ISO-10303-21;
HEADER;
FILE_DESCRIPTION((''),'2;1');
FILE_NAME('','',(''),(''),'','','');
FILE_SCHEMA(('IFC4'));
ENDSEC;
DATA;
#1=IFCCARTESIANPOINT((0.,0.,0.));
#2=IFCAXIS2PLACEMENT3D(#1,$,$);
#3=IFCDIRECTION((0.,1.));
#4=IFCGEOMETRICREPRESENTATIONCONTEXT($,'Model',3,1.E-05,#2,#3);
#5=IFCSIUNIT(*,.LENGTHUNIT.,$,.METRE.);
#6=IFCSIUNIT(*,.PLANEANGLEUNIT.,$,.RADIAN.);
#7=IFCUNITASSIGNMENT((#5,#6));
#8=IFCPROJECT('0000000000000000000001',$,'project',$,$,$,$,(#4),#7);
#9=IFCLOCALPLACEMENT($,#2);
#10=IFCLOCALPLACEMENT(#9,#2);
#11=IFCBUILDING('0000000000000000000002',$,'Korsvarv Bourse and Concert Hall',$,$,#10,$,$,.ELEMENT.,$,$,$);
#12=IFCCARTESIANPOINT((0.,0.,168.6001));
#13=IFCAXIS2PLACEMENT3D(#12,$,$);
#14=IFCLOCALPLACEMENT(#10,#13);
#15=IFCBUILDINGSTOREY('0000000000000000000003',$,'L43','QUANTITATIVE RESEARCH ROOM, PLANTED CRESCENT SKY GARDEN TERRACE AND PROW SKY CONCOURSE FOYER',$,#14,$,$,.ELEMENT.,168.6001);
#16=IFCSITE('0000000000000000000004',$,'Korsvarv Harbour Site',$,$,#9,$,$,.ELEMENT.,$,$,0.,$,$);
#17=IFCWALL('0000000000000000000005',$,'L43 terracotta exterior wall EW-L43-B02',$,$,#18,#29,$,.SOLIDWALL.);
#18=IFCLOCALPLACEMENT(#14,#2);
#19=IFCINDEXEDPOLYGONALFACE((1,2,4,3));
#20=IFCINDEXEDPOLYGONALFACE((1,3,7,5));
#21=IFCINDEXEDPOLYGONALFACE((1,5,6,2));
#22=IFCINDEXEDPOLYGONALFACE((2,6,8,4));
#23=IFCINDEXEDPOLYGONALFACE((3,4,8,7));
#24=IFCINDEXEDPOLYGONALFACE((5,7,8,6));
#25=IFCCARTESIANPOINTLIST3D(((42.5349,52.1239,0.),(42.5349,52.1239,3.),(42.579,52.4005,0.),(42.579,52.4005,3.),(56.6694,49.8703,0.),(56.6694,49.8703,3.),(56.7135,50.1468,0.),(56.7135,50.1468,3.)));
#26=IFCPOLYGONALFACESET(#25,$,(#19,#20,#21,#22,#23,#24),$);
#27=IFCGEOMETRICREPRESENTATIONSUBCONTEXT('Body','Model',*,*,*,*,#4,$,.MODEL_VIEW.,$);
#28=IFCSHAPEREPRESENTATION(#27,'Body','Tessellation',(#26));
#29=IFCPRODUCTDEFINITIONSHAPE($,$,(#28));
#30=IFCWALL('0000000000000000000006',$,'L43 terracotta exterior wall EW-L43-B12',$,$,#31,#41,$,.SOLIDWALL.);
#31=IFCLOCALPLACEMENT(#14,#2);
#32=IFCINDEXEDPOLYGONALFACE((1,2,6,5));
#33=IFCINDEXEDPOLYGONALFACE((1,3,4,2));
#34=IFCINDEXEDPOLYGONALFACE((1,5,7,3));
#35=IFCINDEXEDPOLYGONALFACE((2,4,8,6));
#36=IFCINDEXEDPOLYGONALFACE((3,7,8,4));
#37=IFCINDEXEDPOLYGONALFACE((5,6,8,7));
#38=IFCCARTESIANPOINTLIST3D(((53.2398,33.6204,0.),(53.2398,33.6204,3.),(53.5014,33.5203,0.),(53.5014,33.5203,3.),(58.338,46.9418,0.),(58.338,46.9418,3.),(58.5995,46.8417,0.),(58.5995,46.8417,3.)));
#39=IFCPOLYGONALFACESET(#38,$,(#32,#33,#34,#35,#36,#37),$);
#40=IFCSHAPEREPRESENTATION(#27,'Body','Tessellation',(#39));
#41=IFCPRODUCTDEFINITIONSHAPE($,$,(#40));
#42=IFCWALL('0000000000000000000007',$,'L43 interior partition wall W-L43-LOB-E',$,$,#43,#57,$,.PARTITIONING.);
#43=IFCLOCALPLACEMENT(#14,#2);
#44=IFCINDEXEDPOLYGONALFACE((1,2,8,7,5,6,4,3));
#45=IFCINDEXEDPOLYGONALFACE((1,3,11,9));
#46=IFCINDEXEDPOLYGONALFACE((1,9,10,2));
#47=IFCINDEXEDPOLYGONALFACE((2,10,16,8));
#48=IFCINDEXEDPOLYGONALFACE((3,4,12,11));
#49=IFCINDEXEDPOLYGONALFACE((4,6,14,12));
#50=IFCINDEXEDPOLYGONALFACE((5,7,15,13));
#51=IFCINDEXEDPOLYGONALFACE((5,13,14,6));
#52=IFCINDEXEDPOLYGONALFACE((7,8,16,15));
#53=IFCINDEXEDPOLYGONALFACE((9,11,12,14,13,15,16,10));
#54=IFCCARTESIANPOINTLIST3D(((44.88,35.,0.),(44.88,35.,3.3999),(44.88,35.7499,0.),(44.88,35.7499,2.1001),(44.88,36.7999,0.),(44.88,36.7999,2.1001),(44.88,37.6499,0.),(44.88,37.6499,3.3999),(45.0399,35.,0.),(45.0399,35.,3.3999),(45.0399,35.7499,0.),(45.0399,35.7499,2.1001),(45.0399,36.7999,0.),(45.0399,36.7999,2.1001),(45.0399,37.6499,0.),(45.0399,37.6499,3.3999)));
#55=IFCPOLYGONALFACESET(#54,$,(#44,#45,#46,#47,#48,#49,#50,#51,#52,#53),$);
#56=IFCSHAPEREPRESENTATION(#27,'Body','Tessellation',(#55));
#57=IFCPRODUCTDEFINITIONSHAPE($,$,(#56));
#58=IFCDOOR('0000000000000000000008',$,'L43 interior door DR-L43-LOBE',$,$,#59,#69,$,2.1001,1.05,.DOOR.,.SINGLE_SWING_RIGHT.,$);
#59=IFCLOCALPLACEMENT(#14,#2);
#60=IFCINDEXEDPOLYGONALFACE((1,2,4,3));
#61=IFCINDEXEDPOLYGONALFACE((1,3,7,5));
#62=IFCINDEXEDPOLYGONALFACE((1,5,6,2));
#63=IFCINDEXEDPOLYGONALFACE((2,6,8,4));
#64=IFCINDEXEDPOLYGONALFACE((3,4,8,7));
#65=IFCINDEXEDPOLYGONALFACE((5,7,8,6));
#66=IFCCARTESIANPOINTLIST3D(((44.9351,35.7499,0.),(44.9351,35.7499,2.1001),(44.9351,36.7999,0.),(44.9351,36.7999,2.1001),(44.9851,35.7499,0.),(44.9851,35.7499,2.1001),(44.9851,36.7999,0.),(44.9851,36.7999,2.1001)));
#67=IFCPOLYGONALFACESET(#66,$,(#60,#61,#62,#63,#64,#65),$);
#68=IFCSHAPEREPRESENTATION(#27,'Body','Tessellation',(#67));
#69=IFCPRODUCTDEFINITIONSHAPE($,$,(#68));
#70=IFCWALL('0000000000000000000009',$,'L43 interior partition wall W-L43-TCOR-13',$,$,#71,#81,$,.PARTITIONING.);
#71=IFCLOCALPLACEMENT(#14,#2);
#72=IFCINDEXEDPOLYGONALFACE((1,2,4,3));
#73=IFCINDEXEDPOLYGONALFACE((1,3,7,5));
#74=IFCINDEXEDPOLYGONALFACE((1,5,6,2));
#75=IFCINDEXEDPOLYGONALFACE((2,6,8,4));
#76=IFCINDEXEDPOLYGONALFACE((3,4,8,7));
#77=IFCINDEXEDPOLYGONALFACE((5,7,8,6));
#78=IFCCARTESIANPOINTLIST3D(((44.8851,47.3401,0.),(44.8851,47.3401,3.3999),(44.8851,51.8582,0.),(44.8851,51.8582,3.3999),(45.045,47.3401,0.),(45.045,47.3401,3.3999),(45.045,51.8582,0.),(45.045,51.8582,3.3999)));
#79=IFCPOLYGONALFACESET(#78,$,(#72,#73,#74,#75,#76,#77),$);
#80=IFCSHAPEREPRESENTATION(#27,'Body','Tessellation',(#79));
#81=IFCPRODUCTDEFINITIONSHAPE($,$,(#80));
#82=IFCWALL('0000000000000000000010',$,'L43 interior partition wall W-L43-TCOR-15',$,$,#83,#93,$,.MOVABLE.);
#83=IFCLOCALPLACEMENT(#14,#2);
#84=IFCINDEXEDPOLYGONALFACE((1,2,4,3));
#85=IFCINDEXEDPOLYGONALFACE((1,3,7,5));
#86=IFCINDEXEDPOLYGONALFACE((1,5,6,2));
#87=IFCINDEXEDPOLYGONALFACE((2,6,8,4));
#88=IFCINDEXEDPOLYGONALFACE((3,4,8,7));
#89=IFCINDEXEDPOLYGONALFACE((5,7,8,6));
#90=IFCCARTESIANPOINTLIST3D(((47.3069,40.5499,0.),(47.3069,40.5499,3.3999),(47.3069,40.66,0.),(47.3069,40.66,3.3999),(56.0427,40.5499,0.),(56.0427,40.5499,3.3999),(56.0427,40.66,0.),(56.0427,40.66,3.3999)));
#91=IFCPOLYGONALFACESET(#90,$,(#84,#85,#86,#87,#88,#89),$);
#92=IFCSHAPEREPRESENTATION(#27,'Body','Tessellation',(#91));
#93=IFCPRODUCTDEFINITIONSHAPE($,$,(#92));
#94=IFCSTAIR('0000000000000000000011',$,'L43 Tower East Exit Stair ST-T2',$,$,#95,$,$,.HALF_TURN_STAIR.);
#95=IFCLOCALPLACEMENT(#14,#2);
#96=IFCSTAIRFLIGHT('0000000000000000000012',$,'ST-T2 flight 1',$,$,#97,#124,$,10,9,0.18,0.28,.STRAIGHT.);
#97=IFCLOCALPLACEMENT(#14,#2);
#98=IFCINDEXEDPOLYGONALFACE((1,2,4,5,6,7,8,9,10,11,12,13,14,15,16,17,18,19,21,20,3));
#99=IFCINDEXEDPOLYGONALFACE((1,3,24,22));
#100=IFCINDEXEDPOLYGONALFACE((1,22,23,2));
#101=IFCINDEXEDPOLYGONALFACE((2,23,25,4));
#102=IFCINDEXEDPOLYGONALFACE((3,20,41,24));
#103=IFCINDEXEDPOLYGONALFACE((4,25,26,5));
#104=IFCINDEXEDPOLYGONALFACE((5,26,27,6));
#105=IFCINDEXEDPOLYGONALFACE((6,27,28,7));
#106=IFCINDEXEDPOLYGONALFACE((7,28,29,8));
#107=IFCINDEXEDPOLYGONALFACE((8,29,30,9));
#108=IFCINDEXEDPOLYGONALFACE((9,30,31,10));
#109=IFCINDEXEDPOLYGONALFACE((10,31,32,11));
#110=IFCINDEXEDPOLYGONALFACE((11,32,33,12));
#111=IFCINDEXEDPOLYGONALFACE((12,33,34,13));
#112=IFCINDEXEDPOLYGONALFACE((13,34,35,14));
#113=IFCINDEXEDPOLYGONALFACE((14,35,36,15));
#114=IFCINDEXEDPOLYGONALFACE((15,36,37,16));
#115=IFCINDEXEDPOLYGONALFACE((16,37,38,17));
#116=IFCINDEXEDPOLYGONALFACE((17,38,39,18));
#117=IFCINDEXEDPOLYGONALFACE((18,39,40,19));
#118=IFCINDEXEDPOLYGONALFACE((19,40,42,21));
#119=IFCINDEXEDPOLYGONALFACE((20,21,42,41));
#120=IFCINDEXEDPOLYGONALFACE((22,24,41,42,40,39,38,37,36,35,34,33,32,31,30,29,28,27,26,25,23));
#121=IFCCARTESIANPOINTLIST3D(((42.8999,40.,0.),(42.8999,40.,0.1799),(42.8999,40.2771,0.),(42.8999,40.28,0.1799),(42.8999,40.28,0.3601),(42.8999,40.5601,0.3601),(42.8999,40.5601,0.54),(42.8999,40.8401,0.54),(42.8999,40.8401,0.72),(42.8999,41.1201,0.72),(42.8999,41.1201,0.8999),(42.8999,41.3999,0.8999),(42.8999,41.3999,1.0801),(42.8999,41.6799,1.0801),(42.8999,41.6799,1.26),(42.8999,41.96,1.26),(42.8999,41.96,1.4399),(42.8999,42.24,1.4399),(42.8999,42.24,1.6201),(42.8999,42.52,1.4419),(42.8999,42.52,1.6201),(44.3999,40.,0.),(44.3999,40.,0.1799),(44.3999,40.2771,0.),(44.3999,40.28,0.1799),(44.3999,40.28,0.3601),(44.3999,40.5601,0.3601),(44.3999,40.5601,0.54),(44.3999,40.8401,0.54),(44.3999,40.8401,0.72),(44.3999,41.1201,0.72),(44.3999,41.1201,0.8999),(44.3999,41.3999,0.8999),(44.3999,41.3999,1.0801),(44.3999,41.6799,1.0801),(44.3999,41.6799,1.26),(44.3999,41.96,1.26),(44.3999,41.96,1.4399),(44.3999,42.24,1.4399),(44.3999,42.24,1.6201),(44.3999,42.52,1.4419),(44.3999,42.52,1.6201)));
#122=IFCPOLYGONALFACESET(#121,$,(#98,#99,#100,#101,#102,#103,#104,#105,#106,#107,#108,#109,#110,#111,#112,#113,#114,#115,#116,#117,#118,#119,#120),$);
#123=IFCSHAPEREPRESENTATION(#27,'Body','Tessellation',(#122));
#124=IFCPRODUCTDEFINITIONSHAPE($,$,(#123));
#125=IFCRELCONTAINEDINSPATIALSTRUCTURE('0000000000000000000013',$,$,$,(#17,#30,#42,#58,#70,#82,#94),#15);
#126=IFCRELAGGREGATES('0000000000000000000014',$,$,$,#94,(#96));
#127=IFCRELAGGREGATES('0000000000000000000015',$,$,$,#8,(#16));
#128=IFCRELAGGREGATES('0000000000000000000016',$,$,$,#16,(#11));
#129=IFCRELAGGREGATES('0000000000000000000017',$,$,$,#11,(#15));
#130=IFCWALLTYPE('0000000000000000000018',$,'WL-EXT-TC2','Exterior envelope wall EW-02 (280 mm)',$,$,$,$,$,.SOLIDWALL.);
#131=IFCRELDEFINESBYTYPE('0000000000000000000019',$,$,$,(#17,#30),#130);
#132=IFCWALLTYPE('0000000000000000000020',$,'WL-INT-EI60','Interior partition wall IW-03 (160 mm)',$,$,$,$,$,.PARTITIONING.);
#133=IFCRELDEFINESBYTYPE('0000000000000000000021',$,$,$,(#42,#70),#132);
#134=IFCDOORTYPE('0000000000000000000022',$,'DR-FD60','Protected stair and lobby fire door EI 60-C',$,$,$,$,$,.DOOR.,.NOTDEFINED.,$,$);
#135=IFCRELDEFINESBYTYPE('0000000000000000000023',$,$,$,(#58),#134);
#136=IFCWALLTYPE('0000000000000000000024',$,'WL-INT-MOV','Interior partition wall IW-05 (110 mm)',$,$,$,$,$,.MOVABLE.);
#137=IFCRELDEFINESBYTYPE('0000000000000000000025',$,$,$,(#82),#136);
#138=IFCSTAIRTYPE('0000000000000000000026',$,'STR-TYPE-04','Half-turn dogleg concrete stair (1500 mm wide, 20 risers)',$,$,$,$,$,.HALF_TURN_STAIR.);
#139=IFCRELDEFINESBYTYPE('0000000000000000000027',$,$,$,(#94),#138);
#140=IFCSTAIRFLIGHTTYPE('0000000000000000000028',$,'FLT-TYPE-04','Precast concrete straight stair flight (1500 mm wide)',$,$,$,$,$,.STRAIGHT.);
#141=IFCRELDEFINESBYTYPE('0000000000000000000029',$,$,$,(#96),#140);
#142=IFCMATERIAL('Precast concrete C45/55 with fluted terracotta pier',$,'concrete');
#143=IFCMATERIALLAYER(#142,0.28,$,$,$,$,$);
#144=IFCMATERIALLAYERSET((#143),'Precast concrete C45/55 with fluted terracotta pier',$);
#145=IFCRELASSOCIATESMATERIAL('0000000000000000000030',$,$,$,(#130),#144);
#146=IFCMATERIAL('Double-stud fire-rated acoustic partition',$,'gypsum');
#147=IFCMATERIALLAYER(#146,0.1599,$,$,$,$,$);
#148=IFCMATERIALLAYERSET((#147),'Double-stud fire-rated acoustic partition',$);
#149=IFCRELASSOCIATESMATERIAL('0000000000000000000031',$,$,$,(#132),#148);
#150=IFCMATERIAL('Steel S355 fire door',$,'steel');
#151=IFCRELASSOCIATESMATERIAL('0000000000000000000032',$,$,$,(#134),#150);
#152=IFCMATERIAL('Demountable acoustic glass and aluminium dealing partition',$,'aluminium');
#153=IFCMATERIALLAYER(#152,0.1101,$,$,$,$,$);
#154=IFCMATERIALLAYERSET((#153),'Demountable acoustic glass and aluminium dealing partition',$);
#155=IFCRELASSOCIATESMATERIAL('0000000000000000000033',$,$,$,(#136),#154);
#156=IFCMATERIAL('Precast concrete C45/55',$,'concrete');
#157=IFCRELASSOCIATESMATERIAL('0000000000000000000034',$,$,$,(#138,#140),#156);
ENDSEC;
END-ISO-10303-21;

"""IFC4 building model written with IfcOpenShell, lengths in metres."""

from ifc_helpers import new_model, si_unit, direction, frame, frame_2d, origin, place, context, subcontext, project, spatial, polyline, rectangle, outline, extrude, material, layer, layer_set, type_object, element, fill, aggregate, save


model = new_model("IFC4")

# Units and contexts
model_context = context("Model", 3, precision=1e-05, world=origin(), true_north=direction((0.0, 1.0)))
body_context = subcontext(model_context, "Body", "Model", "MODEL_VIEW")
ifc_project = project(units=[si_unit("LENGTHUNIT", "METRE"), si_unit("PLANEANGLEUNIT", "RADIAN")], contexts=[model_context])

# Site, building, storey
site_placement = place(None, origin())
site = spatial("IfcSite", under=ifc_project, at=site_placement, Name="Korsvarv Harbour Site", CompositionType="ELEMENT", RefElevation=0.0)
building_placement = place(site_placement, origin())
building = spatial("IfcBuilding", under=site, at=building_placement, Name="Korsvarv Bourse and Concert Hall", CompositionType="ELEMENT")
storey_placement = place(building_placement, frame((0.0, 0.0, 168.6001)))
storey = spatial("IfcBuildingStorey", under=building, at=storey_placement, Name="L43", Description="QUANTITATIVE RESEARCH ROOM, PLANTED CRESCENT SKY GARDEN TERRACE AND PROW SKY CONCOURSE FOYER", CompositionType="ELEMENT", Elevation=168.6001)

# Walls
ifc_material_1 = material(Name="Precast concrete C45/55 with fluted terracotta pier", Category="concrete")
ifc_layer_1 = layer(ifc_material_1, 0.28)
ifc_layer_set_1 = layer_set([ifc_layer_1], Name="Precast concrete C45/55 with fluted terracotta pier")
wall_type_1 = type_object("IfcWallType", Name="WL-EXT-TC2", Description="Exterior envelope wall EW-02 (280 mm)", PredefinedType="SOLIDWALL", material=ifc_layer_set_1)
wall_1_placement = place(storey_placement, frame((56.6914, 50.0085, 0.0), z_axis=(0.0, 0.0, 1.0), x_axis=(-0.987526, 0.157455, 0.0)))
element("IfcWall", 1, at=wall_1_placement, inside=storey, type_object=wall_type_1, Name="L43 terracotta exterior wall EW-L43-B02", PredefinedType="SOLIDWALL", context=body_context, shape_type="SweptSolid", body=[
    extrude(rectangle(XDim=14.313, YDim=0.28, at=frame_2d((7.1565, 0.0))), origin(), (0.0, 0.0, 1.0), 3.0),
])
wall_2_placement = place(storey_placement, frame((53.3706, 33.5703, 0.0), z_axis=(0.0, 0.0, 1.0), x_axis=(0.35742, 0.933944, 0.0)))
element("IfcWall", 2, at=wall_2_placement, inside=storey, type_object=wall_type_1, Name="L43 terracotta exterior wall EW-L43-B12", PredefinedType="SOLIDWALL", context=body_context, shape_type="SweptSolid", body=[
    extrude(rectangle(XDim=14.2637, YDim=0.28, at=frame_2d((7.1318, 0.0))), origin(), (0.0, 0.0, 1.0), 3.0),
])

# Wall, opening, door
ifc_material_2 = material(Name="Double-stud fire-rated acoustic partition", Category="gypsum")
ifc_layer_2 = layer(ifc_material_2, 0.1599)
ifc_layer_set_2 = layer_set([ifc_layer_2], Name="Double-stud fire-rated acoustic partition")
wall_type_2 = type_object("IfcWallType", Name="WL-INT-EI60", Description="Interior partition wall IW-03 (160 mm)", PredefinedType="PARTITIONING", material=ifc_layer_set_2)
wall_3_placement = place(storey_placement, frame((44.96, 35.0, 0.0), z_axis=(0.0, 0.0, 1.0), x_axis=(0.0, 1.0, 0.0)))
wall_3 = element("IfcWall", 3, at=wall_3_placement, inside=storey, type_object=wall_type_2, Name="L43 interior partition wall W-L43-LOB-E", PredefinedType="PARTITIONING", context=body_context, shape_type="SweptSolid", body=[
    extrude(rectangle(XDim=2.6499, YDim=0.1599, at=frame_2d((1.325, 0.0))), origin(), (0.0, 0.0, 1.0), 3.3999),
])
opening_placement = place(wall_3_placement, frame((0.75, 0.0, 0.0)))
opening = element("IfcOpeningElement", 4, at=opening_placement, cuts=wall_3, PredefinedType="OPENING", context=body_context, shape_type="SweptSolid", body=[
    extrude(rectangle(XDim=1.05, YDim=2.1001, at=frame_2d((0.5249, 1.05))), frame((0.0, 0.0898, 0.0), z_axis=(0.0, -1.0, 0.0), x_axis=(1.0, 0.0, 0.0)), (0.0, 0.0, 1.0), 0.1799),
])
ifc_material_3 = material(Name="Steel S355 fire door", Category="steel")
door_type = type_object("IfcDoorType", Name="DR-FD60", Description="Protected stair and lobby fire door EI 60-C", OperationType="NOTDEFINED", PredefinedType="DOOR", material=ifc_material_3)
door_placement = place(opening_placement, origin())
door = element("IfcDoor", 5, at=door_placement, inside=storey, type_object=door_type, Name="L43 interior door DR-L43-LOBE", OperationType="SINGLE_SWING_RIGHT", OverallHeight=2.1001, OverallWidth=1.05, PredefinedType="DOOR", context=body_context, shape_type="SweptSolid", body=[
    extrude(rectangle(XDim=1.05, YDim=2.1001, at=frame_2d((0.5249, 1.05))), frame((0.0, 0.0249, 0.0), z_axis=(0.0, -1.0, 0.0), x_axis=(1.0, 0.0, 0.0)), (0.0, 0.0, 1.0), 0.05),
])
fill(opening, door)

# Walls
wall_4_placement = place(storey_placement, frame((44.9651, 47.3401, 0.0), z_axis=(0.0, 0.0, 1.0), x_axis=(0.0, 1.0, 0.0)))
element("IfcWall", 6, at=wall_4_placement, inside=storey, type_object=wall_type_2, Name="L43 interior partition wall W-L43-TCOR-13", PredefinedType="PARTITIONING", context=body_context, shape_type="SweptSolid", body=[
    extrude(rectangle(XDim=4.5181, YDim=0.1599, at=frame_2d((2.259, 0.0))), origin(), (0.0, 0.0, 1.0), 3.3999),
])
ifc_material_4 = material(Name="Demountable acoustic glass and aluminium dealing partition", Category="aluminium")
ifc_layer_3 = layer(ifc_material_4, 0.1101)
ifc_layer_set_3 = layer_set([ifc_layer_3], Name="Demountable acoustic glass and aluminium dealing partition")
wall_type_3 = type_object("IfcWallType", Name="WL-INT-MOV", Description="Interior partition wall IW-05 (110 mm)", PredefinedType="MOVABLE", material=ifc_layer_set_3)
wall_5_placement = place(storey_placement, frame((47.3069, 40.605, 0.0), z_axis=(0.0, 0.0, 1.0), x_axis=(1.0, 0.0, 0.0)))
element("IfcWall", 7, at=wall_5_placement, inside=storey, type_object=wall_type_3, Name="L43 interior partition wall W-L43-TCOR-15", PredefinedType="MOVABLE", context=body_context, shape_type="SweptSolid", body=[
    extrude(rectangle(XDim=8.7358, YDim=0.1101, at=frame_2d((4.3679, 0.0))), origin(), (0.0, 0.0, 1.0), 3.3999),
])

# Stair, stair flight
ifc_material_5 = material(Name="Precast concrete C45/55", Category="concrete")
stair_type = type_object("IfcStairType", Name="STR-TYPE-04", Description="Half-turn dogleg concrete stair (1500 mm wide, 20 risers)", PredefinedType="HALF_TURN_STAIR", material=ifc_material_5)
stair_placement = place(storey_placement, origin())
stair = element("IfcStair", 8, at=stair_placement, inside=storey, type_object=stair_type, Name="L43 Tower East Exit Stair ST-T2", PredefinedType="HALF_TURN_STAIR")
stair_flight_type = type_object("IfcStairFlightType", Name="FLT-TYPE-04", Description="Precast concrete straight stair flight (1500 mm wide)", PredefinedType="STRAIGHT", material=ifc_material_5)
stair_flight_placement = place(storey_placement, frame((43.6499, 40.0, 0.0), z_axis=(0.0, 0.0, 1.0), x_axis=(0.0, 1.0, 0.0)))
stair_flight = element("IfcStairFlight", 9, at=stair_flight_placement, type_object=stair_flight_type, Name="ST-T2 flight 1", NumberOfRisers=10, NumberOfTreads=9, PredefinedType="STRAIGHT", RiserHeight=0.18, TreadLength=0.28, context=body_context, shape_type="SweptSolid", body=[
    extrude(outline(polyline([(0.0, 0.0), (0.0, 0.1799), (0.28, 0.1799), (0.28, 0.3601), (0.5601, 0.3601), (0.5601, 0.54), (0.8401, 0.54), (0.8401, 0.72), (1.1201, 0.72), (1.1201, 0.8999), (1.3999, 0.8999), (1.3999, 1.0801), (1.6799, 1.0801), (1.6799, 1.26), (1.96, 1.26), (1.96, 1.4399), (2.24, 1.4399), (2.24, 1.6201), (2.52, 1.6201), (2.52, 1.8), (2.52, 1.4419), (0.2771, 0.0), (0.0, 0.0)])), frame((0.0, 0.75, 0.0), z_axis=(0.0, -1.0, 0.0), x_axis=(1.0, 0.0, 0.0)), (0.0, 0.0, 1.0), 1.5),
])
aggregate(stair, [stair_flight])

save(model, "model.ifc")
